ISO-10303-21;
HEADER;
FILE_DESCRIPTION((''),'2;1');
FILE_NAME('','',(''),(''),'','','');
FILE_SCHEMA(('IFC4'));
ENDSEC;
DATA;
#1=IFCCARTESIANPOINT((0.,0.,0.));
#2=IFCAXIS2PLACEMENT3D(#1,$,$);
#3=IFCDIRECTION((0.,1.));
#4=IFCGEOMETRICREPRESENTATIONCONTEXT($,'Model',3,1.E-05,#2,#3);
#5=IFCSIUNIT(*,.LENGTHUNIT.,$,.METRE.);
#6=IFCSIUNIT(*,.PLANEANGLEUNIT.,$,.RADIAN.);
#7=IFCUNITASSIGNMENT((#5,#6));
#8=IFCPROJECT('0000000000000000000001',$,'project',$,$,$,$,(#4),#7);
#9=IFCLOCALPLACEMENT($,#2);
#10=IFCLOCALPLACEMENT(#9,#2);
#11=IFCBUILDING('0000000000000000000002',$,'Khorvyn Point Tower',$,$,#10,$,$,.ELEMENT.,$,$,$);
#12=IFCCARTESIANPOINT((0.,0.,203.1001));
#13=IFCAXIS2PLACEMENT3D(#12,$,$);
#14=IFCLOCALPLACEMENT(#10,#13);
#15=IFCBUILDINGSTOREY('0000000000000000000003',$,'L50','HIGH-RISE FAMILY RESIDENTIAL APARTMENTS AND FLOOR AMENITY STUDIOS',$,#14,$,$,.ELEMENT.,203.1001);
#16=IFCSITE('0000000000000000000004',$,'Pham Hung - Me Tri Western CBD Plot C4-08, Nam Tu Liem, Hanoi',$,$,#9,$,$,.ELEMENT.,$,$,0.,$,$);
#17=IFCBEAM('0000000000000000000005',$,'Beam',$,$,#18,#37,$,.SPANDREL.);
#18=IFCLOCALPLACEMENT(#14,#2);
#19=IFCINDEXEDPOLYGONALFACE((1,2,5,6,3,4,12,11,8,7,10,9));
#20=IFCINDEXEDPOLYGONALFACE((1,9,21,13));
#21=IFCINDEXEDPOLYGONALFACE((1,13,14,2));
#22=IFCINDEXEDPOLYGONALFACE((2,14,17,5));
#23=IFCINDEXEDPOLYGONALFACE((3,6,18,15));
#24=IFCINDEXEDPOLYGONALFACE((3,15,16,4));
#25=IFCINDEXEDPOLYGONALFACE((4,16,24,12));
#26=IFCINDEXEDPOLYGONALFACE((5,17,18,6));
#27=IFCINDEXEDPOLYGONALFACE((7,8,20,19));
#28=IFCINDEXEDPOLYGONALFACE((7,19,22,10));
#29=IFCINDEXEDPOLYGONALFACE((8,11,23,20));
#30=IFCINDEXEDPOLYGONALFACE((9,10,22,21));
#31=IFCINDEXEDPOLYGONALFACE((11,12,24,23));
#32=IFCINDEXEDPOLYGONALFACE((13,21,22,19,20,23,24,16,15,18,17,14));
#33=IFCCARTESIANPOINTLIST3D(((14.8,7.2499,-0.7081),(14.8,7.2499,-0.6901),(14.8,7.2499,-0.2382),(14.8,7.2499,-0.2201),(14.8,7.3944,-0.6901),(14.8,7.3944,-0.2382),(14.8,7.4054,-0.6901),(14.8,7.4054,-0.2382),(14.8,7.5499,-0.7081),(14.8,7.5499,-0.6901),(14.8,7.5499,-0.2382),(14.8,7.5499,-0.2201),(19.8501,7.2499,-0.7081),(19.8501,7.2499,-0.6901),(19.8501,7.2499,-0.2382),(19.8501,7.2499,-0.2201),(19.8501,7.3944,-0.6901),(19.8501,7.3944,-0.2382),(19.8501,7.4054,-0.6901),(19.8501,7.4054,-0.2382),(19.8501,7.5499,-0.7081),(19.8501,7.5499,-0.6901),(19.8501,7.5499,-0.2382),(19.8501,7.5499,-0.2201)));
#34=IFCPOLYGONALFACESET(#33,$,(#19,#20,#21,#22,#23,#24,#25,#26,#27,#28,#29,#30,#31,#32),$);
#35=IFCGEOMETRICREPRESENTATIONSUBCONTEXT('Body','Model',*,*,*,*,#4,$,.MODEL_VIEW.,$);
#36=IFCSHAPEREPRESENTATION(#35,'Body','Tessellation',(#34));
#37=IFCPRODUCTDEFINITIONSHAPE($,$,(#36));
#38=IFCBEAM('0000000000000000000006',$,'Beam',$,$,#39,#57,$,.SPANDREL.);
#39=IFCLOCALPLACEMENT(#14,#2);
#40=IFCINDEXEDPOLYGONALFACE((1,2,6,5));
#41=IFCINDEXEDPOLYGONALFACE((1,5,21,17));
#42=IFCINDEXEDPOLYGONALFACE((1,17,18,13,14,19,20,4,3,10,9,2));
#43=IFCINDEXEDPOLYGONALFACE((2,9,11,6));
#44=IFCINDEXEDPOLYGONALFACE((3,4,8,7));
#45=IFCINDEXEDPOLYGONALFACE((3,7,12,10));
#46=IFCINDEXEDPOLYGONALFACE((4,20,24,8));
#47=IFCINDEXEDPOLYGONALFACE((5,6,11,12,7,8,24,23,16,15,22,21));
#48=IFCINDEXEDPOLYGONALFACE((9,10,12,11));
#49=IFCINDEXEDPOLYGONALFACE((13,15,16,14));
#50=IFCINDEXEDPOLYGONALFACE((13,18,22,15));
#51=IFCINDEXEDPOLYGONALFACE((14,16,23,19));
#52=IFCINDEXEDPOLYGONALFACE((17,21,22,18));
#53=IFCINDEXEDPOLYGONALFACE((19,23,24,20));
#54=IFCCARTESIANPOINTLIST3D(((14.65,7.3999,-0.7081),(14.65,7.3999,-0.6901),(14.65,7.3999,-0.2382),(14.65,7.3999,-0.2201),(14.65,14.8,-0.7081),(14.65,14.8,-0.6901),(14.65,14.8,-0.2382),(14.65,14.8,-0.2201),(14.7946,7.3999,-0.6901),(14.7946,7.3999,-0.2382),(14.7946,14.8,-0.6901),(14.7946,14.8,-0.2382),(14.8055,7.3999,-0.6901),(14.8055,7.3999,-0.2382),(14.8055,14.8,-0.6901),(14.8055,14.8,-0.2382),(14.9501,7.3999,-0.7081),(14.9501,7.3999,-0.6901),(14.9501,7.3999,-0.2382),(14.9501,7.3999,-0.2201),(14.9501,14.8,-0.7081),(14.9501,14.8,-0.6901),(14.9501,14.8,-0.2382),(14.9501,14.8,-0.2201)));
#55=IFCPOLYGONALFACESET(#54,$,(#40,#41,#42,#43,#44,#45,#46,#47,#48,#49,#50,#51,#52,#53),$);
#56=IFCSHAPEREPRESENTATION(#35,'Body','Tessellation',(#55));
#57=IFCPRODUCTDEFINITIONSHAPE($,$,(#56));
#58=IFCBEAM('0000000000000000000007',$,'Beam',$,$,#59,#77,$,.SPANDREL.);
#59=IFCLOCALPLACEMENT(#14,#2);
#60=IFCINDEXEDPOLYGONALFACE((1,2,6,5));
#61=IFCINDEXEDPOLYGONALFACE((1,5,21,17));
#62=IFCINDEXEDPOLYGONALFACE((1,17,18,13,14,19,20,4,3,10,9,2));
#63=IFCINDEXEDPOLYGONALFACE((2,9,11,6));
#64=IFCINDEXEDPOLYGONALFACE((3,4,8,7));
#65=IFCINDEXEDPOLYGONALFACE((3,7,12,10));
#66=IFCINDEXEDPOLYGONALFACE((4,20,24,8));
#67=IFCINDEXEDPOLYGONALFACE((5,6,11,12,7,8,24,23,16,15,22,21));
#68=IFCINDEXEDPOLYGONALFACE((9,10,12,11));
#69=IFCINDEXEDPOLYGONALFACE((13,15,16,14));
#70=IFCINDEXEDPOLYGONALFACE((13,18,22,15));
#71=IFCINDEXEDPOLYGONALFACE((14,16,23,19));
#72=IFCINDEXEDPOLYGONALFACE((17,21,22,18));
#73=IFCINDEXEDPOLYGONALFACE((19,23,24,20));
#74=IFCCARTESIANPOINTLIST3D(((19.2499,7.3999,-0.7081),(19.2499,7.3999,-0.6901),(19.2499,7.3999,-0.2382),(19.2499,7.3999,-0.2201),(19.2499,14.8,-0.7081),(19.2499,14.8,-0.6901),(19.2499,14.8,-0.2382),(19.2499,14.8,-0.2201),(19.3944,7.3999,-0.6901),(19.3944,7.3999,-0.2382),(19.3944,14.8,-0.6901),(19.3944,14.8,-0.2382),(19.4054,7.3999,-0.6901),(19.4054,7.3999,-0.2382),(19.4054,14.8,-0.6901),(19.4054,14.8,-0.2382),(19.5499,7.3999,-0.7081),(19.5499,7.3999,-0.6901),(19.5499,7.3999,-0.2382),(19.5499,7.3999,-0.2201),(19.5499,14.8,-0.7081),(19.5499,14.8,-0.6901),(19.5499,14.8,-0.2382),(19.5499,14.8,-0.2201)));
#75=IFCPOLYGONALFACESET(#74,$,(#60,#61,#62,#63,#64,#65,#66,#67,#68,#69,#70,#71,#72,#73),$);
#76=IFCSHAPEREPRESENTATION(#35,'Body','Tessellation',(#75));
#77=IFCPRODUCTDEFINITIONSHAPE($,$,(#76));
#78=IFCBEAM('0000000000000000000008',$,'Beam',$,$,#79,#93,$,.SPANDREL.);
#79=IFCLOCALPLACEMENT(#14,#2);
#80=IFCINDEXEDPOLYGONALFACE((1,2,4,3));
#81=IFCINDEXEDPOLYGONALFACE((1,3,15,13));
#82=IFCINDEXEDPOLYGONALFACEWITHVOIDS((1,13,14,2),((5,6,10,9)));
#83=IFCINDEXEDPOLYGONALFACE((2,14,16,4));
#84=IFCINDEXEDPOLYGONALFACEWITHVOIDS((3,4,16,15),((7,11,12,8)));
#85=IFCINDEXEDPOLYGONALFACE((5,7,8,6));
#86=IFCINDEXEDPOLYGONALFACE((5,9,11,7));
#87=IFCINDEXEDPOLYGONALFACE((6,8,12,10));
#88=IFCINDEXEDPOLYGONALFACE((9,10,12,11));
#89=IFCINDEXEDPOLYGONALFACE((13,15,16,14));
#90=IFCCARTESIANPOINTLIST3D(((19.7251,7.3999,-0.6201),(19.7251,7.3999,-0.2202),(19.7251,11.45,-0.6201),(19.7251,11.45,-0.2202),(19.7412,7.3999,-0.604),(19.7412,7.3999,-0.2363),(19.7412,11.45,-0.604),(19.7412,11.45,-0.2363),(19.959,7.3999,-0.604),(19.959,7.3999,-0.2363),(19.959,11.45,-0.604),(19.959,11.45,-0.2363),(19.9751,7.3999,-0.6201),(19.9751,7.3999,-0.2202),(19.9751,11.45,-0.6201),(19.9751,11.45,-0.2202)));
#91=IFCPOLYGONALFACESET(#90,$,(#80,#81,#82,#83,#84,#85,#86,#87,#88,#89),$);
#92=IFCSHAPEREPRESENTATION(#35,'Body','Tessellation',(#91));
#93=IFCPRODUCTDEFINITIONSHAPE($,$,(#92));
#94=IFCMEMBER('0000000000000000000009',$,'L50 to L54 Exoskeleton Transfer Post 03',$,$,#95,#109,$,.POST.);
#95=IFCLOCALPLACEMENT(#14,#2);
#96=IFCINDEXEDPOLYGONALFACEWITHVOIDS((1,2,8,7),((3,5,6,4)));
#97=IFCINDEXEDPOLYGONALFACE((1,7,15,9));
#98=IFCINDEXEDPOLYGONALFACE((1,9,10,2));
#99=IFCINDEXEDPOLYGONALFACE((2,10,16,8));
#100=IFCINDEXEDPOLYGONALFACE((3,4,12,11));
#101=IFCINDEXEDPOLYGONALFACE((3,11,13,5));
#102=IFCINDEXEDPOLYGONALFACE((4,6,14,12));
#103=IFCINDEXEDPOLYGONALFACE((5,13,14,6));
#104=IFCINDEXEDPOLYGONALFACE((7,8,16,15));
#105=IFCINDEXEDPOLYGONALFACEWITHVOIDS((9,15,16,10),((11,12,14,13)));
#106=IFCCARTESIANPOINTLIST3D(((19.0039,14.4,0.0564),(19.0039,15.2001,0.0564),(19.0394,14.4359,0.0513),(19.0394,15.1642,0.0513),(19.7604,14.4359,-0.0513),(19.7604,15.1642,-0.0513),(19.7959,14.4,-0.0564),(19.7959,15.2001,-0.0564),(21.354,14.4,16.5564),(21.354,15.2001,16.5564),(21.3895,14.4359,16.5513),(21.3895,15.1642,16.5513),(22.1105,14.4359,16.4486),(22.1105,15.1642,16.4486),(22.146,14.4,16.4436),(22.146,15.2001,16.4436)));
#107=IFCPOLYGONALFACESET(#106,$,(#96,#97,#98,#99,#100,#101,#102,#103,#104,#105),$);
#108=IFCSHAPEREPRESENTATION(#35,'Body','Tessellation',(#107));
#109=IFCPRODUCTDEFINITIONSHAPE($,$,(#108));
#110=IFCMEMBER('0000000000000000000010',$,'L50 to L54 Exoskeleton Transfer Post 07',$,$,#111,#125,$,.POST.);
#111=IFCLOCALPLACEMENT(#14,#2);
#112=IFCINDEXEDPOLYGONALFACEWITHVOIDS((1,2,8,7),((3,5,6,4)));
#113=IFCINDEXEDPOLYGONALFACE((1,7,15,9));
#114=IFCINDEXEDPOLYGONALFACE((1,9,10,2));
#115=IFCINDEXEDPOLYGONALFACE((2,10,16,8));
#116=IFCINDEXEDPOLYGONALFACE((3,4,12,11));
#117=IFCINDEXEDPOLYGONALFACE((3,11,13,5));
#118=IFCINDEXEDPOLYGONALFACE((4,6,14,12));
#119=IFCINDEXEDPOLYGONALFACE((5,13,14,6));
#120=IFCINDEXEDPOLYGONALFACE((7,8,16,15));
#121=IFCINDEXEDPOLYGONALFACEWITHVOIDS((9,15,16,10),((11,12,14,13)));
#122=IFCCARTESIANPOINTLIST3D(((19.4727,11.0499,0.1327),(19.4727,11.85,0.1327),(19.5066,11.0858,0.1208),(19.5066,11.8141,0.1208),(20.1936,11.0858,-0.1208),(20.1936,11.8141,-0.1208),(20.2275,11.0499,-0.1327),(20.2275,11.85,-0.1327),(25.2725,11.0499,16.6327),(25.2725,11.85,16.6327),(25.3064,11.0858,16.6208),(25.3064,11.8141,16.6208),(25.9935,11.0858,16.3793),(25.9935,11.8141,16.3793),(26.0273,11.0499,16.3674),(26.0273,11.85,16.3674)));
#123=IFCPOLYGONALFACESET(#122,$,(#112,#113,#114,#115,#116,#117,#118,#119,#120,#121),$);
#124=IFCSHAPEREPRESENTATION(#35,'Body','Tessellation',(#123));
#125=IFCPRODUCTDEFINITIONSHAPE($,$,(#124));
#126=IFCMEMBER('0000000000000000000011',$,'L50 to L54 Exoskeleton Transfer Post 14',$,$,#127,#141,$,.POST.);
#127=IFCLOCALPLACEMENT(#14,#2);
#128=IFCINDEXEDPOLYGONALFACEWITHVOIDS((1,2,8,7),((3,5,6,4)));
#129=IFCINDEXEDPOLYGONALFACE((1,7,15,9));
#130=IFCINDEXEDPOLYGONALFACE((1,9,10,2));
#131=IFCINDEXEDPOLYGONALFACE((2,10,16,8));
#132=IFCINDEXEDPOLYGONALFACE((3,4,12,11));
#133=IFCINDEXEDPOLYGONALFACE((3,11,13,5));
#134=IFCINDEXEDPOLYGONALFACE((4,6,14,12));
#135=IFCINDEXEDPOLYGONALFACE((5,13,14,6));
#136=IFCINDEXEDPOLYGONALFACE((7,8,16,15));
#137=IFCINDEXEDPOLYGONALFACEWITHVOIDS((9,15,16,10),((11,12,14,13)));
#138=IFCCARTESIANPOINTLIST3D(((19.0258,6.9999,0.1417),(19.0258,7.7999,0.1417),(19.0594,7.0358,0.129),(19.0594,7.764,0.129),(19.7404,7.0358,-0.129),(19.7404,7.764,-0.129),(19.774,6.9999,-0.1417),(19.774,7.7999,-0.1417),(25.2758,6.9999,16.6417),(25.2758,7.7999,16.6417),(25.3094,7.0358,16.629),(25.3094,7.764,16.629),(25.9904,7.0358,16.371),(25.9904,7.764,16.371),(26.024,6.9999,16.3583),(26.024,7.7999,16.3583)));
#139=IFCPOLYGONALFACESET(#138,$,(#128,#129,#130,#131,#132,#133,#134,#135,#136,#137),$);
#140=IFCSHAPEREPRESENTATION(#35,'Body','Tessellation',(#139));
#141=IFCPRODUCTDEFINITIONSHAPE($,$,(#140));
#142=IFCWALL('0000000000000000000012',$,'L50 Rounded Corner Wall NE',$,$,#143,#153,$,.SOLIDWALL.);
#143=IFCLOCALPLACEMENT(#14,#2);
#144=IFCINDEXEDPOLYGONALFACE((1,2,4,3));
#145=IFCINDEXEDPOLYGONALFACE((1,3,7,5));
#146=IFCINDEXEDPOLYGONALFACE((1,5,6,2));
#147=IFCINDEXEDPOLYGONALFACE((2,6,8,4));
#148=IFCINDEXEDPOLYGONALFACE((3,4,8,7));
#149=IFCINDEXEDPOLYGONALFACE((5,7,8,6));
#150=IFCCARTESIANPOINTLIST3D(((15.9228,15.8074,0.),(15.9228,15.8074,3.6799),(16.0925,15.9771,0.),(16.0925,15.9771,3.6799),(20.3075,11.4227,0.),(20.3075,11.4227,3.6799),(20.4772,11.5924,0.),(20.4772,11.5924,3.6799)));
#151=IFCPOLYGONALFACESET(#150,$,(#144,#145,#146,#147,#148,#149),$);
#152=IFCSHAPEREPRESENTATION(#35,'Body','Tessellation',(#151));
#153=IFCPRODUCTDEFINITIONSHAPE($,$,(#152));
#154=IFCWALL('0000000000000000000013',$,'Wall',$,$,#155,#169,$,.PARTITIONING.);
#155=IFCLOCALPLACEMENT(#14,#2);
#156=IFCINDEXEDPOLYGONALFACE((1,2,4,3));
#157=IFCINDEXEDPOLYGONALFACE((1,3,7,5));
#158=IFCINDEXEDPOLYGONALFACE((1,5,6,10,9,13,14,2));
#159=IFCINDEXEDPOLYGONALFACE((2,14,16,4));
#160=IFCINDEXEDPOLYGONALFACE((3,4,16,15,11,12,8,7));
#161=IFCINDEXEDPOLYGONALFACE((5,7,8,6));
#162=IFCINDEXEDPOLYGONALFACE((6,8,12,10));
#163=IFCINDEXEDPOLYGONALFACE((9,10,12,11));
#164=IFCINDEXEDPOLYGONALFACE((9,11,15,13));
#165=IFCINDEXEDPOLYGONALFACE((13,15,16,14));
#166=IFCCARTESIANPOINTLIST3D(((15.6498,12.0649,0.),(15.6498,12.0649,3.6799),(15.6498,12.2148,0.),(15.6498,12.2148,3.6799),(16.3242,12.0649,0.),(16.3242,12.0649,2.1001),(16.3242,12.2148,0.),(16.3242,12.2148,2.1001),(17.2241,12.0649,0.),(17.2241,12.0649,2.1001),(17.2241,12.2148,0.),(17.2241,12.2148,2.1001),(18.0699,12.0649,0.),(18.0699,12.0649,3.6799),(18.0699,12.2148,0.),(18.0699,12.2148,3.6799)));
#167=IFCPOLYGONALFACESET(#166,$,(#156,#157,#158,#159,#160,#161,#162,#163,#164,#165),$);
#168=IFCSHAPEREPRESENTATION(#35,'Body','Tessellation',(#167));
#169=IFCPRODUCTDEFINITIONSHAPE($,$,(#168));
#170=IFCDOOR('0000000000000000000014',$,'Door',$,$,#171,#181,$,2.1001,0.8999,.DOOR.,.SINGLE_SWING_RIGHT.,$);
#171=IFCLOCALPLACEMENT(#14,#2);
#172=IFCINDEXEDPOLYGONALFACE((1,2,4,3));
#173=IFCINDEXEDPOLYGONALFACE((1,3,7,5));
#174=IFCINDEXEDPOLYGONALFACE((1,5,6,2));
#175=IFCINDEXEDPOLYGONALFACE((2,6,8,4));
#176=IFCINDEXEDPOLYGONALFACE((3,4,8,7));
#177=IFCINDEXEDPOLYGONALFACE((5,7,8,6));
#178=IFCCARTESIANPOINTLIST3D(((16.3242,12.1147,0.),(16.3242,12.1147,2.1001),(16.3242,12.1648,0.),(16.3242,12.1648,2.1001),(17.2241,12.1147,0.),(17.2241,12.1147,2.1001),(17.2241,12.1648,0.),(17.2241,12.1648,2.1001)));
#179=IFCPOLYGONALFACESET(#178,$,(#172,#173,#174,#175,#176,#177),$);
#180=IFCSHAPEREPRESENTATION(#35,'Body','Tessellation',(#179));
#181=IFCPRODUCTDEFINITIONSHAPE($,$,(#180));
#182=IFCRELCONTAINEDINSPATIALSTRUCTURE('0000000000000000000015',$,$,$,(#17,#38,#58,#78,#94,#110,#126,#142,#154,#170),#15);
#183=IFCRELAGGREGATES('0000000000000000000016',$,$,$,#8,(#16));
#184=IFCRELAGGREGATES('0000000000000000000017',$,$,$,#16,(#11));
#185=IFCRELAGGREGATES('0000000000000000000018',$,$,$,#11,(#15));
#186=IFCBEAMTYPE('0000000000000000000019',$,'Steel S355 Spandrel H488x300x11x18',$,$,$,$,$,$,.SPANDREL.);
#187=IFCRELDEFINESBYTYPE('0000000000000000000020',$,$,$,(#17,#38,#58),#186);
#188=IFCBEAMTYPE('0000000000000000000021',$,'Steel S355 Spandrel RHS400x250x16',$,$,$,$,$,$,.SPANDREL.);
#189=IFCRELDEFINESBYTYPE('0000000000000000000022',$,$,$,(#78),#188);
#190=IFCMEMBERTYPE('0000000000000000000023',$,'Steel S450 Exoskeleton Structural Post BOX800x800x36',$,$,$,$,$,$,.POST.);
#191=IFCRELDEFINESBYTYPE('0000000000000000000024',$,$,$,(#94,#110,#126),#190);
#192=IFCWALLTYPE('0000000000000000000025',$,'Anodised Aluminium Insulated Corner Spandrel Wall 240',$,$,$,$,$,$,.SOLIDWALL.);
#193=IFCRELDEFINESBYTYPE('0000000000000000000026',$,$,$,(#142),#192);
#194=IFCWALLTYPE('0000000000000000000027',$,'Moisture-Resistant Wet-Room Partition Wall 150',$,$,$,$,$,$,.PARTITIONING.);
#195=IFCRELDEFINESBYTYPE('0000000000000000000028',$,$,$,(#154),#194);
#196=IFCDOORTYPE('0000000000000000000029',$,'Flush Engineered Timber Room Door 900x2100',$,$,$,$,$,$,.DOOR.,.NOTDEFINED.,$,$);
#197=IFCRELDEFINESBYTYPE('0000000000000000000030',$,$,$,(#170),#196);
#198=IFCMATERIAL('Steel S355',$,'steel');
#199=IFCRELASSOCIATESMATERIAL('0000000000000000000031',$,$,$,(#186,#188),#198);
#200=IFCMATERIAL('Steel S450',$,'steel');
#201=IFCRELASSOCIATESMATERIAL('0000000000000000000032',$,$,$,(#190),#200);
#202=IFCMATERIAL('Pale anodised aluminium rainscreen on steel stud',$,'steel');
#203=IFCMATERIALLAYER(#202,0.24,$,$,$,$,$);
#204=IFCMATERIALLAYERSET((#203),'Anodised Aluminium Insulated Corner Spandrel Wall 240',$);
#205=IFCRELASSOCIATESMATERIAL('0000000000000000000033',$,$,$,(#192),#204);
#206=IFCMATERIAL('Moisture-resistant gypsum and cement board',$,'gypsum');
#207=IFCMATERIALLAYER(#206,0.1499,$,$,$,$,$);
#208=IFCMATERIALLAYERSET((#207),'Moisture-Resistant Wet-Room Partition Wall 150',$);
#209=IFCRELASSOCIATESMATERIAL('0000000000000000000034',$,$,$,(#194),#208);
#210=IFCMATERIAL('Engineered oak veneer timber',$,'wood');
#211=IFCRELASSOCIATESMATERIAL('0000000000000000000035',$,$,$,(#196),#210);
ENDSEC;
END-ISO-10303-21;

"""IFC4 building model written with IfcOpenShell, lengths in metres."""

from ifc_helpers import new_model, si_unit, direction, frame, frame_2d, origin, origin_2d, place, context, subcontext, project, spatial, rectangle, hollow_rectangle, i_section, extrude, material, layer, layer_set, material_profile, profile_set, type_object, element, fill, save


model = new_model("IFC4")

# Units and contexts
model_context = context("Model", 3, precision=1e-05, world=origin(), true_north=direction((0.0, 1.0)))
body_context = subcontext(model_context, "Body", "Model", "MODEL_VIEW")
ifc_project = project(units=[si_unit("LENGTHUNIT", "METRE"), si_unit("PLANEANGLEUNIT", "RADIAN")], contexts=[model_context])

# Site, building, storey
site_placement = place(None, origin())
site = spatial("IfcSite", under=ifc_project, at=site_placement, Name="Pham Hung - Me Tri Western CBD Plot C4-08, Nam Tu Liem, Hanoi", CompositionType="ELEMENT", RefElevation=0.0)
building_placement = place(site_placement, origin())
building = spatial("IfcBuilding", under=site, at=building_placement, Name="Khorvyn Point Tower", CompositionType="ELEMENT")
storey_placement = place(building_placement, frame((0.0, 0.0, 203.1001)))
storey = spatial("IfcBuildingStorey", under=building, at=storey_placement, Name="L50", Description="HIGH-RISE FAMILY RESIDENTIAL APARTMENTS AND FLOOR AMENITY STUDIOS", CompositionType="ELEMENT", Elevation=203.1001)

# Shared definitions
ifc_material_1 = material(Name="Steel S450", Category="steel")

# Beams
ifc_material_2 = material(Name="Steel S355", Category="steel")
ifc_material_profile_1 = material_profile(ifc_material_2, i_section(OverallWidth=0.3, OverallDepth=0.488, WebThickness=0.011, FlangeThickness=0.0181, at=origin_2d()))
ifc_profile_set_1 = profile_set([ifc_material_profile_1], Name="Steel S355 H488x300x11x18")
beam_type_1 = type_object("IfcBeamType", Name="Steel S355 Spandrel H488x300x11x18", PredefinedType="SPANDREL", material=ifc_profile_set_1)
beam_1_placement = place(storey_placement, frame((14.8, 7.3999, -0.4641), z_axis=(1.0, 0.0, 0.0), x_axis=(0.0, 1.0, 0.0)))
element("IfcBeam", 1, at=beam_1_placement, inside=storey, type_object=beam_type_1, Name="Beam", PredefinedType="SPANDREL", context=body_context, shape_type="SweptSolid", body=[
    extrude(i_section(OverallWidth=0.3, OverallDepth=0.488, WebThickness=0.011, FlangeThickness=0.0181, at=origin_2d()), origin(), (0.0, 0.0, 1.0), 5.05),
])
for number, where, z_axis, x_axis, name in (
    (2, (14.8, 7.3999, -0.4641), (0.0, 1.0, 0.0), (-1.0, 0.0, 0.0), "Beam"),
    (3, (19.3999, 7.3999, -0.4641), (0.0, 1.0, 0.0), (-1.0, 0.0, 0.0), "Beam"),
):
    element("IfcBeam", number, at=place(storey_placement, frame(where, z_axis=z_axis, x_axis=x_axis)), inside=storey, type_object=beam_type_1, Name=name, PredefinedType="SPANDREL", context=body_context, shape_type="SweptSolid", body=[
        extrude(i_section(OverallWidth=0.3, OverallDepth=0.488, WebThickness=0.011, FlangeThickness=0.0181, at=origin_2d()), origin(), (0.0, 0.0, 1.0), 7.4001),
    ])
ifc_material_profile_2 = material_profile(ifc_material_2, hollow_rectangle(XDim=0.25, YDim=0.3999, WallThickness=0.0161, at=origin_2d()))
ifc_profile_set_2 = profile_set([ifc_material_profile_2], Name="Steel S355 RHS400x250x16")
beam_type_2 = type_object("IfcBeamType", Name="Steel S355 Spandrel RHS400x250x16", PredefinedType="SPANDREL", material=ifc_profile_set_2)
beam_2_placement = place(storey_placement, frame((19.8501, 7.3999, -0.4202), z_axis=(0.0, 1.0, 0.0), x_axis=(-1.0, 0.0, 0.0)))
element("IfcBeam", 4, at=beam_2_placement, inside=storey, type_object=beam_type_2, Name="Beam", PredefinedType="SPANDREL", context=body_context, shape_type="SweptSolid", body=[
    extrude(hollow_rectangle(XDim=0.25, YDim=0.3999, WallThickness=0.0161, at=origin_2d()), origin(), (0.0, 0.0, 1.0), 4.05),
])

# Members
ifc_material_profile_3 = material_profile(ifc_material_1, hollow_rectangle(XDim=0.8, YDim=0.8, WallThickness=0.0359, at=origin_2d()))
ifc_profile_set_3 = profile_set([ifc_material_profile_3], Name="Steel S450 BOX800x800x36")
member_type_1 = type_object("IfcMemberType", Name="Steel S450 Exoskeleton Structural Post BOX800x800x36", PredefinedType="POST", material=ifc_profile_set_3)
member_1_placement = place(storey_placement, frame((19.3999, 14.8, 0.0), z_axis=(0.141007, 0.0, 0.990009), x_axis=(0.0, 1.0, 0.0)))
element("IfcMember", 5, at=member_1_placement, inside=storey, type_object=member_type_1, Name="L50 to L54 Exoskeleton Transfer Post 03", PredefinedType="POST", context=body_context, shape_type="SweptSolid", body=[
    extrude(hollow_rectangle(XDim=0.8, YDim=0.8, WallThickness=0.0359, at=origin_2d()), origin(), (0.0, 0.0, 1.0), 16.6665),
])
member_2_placement = place(storey_placement, frame((19.8501, 11.45, 0.0), z_axis=(0.331614, 0.0, 0.943415), x_axis=(0.0, 1.0, 0.0)))
element("IfcMember", 6, at=member_2_placement, inside=storey, type_object=member_type_1, Name="L50 to L54 Exoskeleton Transfer Post 07", PredefinedType="POST", context=body_context, shape_type="SweptSolid", body=[
    extrude(hollow_rectangle(XDim=0.8, YDim=0.8, WallThickness=0.0359, at=origin_2d()), origin(), (0.0, 0.0, 1.0), 17.4897),
])
member_3_placement = place(storey_placement, frame((19.3999, 7.3999, 0.0), z_axis=(0.354227, 0.0, 0.935159), x_axis=(0.0, 1.0, 0.0)))
element("IfcMember", 7, at=member_3_placement, inside=storey, type_object=member_type_1, Name="L50 to L54 Exoskeleton Transfer Post 14", PredefinedType="POST", context=body_context, shape_type="SweptSolid", body=[
    extrude(hollow_rectangle(XDim=0.8, YDim=0.8, WallThickness=0.0359, at=origin_2d()), origin(), (0.0, 0.0, 1.0), 17.644),
])

# Wall
ifc_material_3 = material(Name="Pale anodised aluminium rainscreen on steel stud", Category="steel")
ifc_layer_1 = layer(ifc_material_3, 0.24)
ifc_layer_set_1 = layer_set([ifc_layer_1], Name="Anodised Aluminium Insulated Corner Spandrel Wall 240")
wall_type_1 = type_object("IfcWallType", Name="Anodised Aluminium Insulated Corner Spandrel Wall 240", PredefinedType="SOLIDWALL", material=ifc_layer_set_1)
wall_1_placement = place(storey_placement, frame((16.0076, 15.8923, 0.0), z_axis=(0.0, 0.0, 1.0), x_axis=(0.707107, -0.707107, 0.0)))
element("IfcWall", 8, at=wall_1_placement, inside=storey, type_object=wall_type_1, Name="L50 Rounded Corner Wall NE", PredefinedType="SOLIDWALL", context=body_context, shape_type="SweptSolid", body=[
    extrude(rectangle(XDim=6.2009, YDim=0.24, at=frame_2d((3.1006, 0.0))), origin(), (0.0, 0.0, 1.0), 3.6799),
])

# Wall, opening, door
ifc_material_4 = material(Name="Moisture-resistant gypsum and cement board", Category="gypsum")
ifc_layer_2 = layer(ifc_material_4, 0.1499)
ifc_layer_set_2 = layer_set([ifc_layer_2], Name="Moisture-Resistant Wet-Room Partition Wall 150")
wall_type_2 = type_object("IfcWallType", Name="Moisture-Resistant Wet-Room Partition Wall 150", PredefinedType="PARTITIONING", material=ifc_layer_set_2)
wall_2_placement = place(storey_placement, frame((15.6499, 12.1399, 0.0), z_axis=(0.0, 0.0, 1.0), x_axis=(1.0, 0.0, 0.0)))
wall_2 = element("IfcWall", 9, at=wall_2_placement, inside=storey, type_object=wall_type_2, Name="Wall", PredefinedType="PARTITIONING", context=body_context, shape_type="SweptSolid", body=[
    extrude(rectangle(XDim=2.4202, YDim=0.1499, at=frame_2d((1.21, 0.0))), origin(), (0.0, 0.0, 1.0), 3.6799),
])
opening_placement = place(wall_2_placement, frame((0.6743, 0.0, 0.0)))
opening = element("IfcOpeningElement", 10, at=opening_placement, cuts=wall_2, PredefinedType="OPENING", context=body_context, shape_type="SweptSolid", body=[
    extrude(rectangle(XDim=0.8999, YDim=2.1001, at=frame_2d((0.45, 1.05))), frame((0.0, 0.085, 0.0), z_axis=(0.0, -1.0, 0.0), x_axis=(1.0, 0.0, 0.0)), (0.0, 0.0, 1.0), 0.1699),
])
ifc_material_5 = material(Name="Engineered oak veneer timber", Category="wood")
door_type = type_object("IfcDoorType", Name="Flush Engineered Timber Room Door 900x2100", OperationType="NOTDEFINED", PredefinedType="DOOR", material=ifc_material_5)
door_placement = place(opening_placement, origin())
door = element("IfcDoor", 11, at=door_placement, inside=storey, type_object=door_type, Name="Door", OperationType="SINGLE_SWING_RIGHT", OverallHeight=2.1001, OverallWidth=0.8999, PredefinedType="DOOR", context=body_context, shape_type="SweptSolid", body=[
    extrude(rectangle(XDim=0.8999, YDim=2.1001, at=frame_2d((0.45, 1.05))), frame((0.0, 0.0249, 0.0), z_axis=(0.0, -1.0, 0.0), x_axis=(1.0, 0.0, 0.0)), (0.0, 0.0, 1.0), 0.05),
])
fill(opening, door)

save(model, "model.ifc")
